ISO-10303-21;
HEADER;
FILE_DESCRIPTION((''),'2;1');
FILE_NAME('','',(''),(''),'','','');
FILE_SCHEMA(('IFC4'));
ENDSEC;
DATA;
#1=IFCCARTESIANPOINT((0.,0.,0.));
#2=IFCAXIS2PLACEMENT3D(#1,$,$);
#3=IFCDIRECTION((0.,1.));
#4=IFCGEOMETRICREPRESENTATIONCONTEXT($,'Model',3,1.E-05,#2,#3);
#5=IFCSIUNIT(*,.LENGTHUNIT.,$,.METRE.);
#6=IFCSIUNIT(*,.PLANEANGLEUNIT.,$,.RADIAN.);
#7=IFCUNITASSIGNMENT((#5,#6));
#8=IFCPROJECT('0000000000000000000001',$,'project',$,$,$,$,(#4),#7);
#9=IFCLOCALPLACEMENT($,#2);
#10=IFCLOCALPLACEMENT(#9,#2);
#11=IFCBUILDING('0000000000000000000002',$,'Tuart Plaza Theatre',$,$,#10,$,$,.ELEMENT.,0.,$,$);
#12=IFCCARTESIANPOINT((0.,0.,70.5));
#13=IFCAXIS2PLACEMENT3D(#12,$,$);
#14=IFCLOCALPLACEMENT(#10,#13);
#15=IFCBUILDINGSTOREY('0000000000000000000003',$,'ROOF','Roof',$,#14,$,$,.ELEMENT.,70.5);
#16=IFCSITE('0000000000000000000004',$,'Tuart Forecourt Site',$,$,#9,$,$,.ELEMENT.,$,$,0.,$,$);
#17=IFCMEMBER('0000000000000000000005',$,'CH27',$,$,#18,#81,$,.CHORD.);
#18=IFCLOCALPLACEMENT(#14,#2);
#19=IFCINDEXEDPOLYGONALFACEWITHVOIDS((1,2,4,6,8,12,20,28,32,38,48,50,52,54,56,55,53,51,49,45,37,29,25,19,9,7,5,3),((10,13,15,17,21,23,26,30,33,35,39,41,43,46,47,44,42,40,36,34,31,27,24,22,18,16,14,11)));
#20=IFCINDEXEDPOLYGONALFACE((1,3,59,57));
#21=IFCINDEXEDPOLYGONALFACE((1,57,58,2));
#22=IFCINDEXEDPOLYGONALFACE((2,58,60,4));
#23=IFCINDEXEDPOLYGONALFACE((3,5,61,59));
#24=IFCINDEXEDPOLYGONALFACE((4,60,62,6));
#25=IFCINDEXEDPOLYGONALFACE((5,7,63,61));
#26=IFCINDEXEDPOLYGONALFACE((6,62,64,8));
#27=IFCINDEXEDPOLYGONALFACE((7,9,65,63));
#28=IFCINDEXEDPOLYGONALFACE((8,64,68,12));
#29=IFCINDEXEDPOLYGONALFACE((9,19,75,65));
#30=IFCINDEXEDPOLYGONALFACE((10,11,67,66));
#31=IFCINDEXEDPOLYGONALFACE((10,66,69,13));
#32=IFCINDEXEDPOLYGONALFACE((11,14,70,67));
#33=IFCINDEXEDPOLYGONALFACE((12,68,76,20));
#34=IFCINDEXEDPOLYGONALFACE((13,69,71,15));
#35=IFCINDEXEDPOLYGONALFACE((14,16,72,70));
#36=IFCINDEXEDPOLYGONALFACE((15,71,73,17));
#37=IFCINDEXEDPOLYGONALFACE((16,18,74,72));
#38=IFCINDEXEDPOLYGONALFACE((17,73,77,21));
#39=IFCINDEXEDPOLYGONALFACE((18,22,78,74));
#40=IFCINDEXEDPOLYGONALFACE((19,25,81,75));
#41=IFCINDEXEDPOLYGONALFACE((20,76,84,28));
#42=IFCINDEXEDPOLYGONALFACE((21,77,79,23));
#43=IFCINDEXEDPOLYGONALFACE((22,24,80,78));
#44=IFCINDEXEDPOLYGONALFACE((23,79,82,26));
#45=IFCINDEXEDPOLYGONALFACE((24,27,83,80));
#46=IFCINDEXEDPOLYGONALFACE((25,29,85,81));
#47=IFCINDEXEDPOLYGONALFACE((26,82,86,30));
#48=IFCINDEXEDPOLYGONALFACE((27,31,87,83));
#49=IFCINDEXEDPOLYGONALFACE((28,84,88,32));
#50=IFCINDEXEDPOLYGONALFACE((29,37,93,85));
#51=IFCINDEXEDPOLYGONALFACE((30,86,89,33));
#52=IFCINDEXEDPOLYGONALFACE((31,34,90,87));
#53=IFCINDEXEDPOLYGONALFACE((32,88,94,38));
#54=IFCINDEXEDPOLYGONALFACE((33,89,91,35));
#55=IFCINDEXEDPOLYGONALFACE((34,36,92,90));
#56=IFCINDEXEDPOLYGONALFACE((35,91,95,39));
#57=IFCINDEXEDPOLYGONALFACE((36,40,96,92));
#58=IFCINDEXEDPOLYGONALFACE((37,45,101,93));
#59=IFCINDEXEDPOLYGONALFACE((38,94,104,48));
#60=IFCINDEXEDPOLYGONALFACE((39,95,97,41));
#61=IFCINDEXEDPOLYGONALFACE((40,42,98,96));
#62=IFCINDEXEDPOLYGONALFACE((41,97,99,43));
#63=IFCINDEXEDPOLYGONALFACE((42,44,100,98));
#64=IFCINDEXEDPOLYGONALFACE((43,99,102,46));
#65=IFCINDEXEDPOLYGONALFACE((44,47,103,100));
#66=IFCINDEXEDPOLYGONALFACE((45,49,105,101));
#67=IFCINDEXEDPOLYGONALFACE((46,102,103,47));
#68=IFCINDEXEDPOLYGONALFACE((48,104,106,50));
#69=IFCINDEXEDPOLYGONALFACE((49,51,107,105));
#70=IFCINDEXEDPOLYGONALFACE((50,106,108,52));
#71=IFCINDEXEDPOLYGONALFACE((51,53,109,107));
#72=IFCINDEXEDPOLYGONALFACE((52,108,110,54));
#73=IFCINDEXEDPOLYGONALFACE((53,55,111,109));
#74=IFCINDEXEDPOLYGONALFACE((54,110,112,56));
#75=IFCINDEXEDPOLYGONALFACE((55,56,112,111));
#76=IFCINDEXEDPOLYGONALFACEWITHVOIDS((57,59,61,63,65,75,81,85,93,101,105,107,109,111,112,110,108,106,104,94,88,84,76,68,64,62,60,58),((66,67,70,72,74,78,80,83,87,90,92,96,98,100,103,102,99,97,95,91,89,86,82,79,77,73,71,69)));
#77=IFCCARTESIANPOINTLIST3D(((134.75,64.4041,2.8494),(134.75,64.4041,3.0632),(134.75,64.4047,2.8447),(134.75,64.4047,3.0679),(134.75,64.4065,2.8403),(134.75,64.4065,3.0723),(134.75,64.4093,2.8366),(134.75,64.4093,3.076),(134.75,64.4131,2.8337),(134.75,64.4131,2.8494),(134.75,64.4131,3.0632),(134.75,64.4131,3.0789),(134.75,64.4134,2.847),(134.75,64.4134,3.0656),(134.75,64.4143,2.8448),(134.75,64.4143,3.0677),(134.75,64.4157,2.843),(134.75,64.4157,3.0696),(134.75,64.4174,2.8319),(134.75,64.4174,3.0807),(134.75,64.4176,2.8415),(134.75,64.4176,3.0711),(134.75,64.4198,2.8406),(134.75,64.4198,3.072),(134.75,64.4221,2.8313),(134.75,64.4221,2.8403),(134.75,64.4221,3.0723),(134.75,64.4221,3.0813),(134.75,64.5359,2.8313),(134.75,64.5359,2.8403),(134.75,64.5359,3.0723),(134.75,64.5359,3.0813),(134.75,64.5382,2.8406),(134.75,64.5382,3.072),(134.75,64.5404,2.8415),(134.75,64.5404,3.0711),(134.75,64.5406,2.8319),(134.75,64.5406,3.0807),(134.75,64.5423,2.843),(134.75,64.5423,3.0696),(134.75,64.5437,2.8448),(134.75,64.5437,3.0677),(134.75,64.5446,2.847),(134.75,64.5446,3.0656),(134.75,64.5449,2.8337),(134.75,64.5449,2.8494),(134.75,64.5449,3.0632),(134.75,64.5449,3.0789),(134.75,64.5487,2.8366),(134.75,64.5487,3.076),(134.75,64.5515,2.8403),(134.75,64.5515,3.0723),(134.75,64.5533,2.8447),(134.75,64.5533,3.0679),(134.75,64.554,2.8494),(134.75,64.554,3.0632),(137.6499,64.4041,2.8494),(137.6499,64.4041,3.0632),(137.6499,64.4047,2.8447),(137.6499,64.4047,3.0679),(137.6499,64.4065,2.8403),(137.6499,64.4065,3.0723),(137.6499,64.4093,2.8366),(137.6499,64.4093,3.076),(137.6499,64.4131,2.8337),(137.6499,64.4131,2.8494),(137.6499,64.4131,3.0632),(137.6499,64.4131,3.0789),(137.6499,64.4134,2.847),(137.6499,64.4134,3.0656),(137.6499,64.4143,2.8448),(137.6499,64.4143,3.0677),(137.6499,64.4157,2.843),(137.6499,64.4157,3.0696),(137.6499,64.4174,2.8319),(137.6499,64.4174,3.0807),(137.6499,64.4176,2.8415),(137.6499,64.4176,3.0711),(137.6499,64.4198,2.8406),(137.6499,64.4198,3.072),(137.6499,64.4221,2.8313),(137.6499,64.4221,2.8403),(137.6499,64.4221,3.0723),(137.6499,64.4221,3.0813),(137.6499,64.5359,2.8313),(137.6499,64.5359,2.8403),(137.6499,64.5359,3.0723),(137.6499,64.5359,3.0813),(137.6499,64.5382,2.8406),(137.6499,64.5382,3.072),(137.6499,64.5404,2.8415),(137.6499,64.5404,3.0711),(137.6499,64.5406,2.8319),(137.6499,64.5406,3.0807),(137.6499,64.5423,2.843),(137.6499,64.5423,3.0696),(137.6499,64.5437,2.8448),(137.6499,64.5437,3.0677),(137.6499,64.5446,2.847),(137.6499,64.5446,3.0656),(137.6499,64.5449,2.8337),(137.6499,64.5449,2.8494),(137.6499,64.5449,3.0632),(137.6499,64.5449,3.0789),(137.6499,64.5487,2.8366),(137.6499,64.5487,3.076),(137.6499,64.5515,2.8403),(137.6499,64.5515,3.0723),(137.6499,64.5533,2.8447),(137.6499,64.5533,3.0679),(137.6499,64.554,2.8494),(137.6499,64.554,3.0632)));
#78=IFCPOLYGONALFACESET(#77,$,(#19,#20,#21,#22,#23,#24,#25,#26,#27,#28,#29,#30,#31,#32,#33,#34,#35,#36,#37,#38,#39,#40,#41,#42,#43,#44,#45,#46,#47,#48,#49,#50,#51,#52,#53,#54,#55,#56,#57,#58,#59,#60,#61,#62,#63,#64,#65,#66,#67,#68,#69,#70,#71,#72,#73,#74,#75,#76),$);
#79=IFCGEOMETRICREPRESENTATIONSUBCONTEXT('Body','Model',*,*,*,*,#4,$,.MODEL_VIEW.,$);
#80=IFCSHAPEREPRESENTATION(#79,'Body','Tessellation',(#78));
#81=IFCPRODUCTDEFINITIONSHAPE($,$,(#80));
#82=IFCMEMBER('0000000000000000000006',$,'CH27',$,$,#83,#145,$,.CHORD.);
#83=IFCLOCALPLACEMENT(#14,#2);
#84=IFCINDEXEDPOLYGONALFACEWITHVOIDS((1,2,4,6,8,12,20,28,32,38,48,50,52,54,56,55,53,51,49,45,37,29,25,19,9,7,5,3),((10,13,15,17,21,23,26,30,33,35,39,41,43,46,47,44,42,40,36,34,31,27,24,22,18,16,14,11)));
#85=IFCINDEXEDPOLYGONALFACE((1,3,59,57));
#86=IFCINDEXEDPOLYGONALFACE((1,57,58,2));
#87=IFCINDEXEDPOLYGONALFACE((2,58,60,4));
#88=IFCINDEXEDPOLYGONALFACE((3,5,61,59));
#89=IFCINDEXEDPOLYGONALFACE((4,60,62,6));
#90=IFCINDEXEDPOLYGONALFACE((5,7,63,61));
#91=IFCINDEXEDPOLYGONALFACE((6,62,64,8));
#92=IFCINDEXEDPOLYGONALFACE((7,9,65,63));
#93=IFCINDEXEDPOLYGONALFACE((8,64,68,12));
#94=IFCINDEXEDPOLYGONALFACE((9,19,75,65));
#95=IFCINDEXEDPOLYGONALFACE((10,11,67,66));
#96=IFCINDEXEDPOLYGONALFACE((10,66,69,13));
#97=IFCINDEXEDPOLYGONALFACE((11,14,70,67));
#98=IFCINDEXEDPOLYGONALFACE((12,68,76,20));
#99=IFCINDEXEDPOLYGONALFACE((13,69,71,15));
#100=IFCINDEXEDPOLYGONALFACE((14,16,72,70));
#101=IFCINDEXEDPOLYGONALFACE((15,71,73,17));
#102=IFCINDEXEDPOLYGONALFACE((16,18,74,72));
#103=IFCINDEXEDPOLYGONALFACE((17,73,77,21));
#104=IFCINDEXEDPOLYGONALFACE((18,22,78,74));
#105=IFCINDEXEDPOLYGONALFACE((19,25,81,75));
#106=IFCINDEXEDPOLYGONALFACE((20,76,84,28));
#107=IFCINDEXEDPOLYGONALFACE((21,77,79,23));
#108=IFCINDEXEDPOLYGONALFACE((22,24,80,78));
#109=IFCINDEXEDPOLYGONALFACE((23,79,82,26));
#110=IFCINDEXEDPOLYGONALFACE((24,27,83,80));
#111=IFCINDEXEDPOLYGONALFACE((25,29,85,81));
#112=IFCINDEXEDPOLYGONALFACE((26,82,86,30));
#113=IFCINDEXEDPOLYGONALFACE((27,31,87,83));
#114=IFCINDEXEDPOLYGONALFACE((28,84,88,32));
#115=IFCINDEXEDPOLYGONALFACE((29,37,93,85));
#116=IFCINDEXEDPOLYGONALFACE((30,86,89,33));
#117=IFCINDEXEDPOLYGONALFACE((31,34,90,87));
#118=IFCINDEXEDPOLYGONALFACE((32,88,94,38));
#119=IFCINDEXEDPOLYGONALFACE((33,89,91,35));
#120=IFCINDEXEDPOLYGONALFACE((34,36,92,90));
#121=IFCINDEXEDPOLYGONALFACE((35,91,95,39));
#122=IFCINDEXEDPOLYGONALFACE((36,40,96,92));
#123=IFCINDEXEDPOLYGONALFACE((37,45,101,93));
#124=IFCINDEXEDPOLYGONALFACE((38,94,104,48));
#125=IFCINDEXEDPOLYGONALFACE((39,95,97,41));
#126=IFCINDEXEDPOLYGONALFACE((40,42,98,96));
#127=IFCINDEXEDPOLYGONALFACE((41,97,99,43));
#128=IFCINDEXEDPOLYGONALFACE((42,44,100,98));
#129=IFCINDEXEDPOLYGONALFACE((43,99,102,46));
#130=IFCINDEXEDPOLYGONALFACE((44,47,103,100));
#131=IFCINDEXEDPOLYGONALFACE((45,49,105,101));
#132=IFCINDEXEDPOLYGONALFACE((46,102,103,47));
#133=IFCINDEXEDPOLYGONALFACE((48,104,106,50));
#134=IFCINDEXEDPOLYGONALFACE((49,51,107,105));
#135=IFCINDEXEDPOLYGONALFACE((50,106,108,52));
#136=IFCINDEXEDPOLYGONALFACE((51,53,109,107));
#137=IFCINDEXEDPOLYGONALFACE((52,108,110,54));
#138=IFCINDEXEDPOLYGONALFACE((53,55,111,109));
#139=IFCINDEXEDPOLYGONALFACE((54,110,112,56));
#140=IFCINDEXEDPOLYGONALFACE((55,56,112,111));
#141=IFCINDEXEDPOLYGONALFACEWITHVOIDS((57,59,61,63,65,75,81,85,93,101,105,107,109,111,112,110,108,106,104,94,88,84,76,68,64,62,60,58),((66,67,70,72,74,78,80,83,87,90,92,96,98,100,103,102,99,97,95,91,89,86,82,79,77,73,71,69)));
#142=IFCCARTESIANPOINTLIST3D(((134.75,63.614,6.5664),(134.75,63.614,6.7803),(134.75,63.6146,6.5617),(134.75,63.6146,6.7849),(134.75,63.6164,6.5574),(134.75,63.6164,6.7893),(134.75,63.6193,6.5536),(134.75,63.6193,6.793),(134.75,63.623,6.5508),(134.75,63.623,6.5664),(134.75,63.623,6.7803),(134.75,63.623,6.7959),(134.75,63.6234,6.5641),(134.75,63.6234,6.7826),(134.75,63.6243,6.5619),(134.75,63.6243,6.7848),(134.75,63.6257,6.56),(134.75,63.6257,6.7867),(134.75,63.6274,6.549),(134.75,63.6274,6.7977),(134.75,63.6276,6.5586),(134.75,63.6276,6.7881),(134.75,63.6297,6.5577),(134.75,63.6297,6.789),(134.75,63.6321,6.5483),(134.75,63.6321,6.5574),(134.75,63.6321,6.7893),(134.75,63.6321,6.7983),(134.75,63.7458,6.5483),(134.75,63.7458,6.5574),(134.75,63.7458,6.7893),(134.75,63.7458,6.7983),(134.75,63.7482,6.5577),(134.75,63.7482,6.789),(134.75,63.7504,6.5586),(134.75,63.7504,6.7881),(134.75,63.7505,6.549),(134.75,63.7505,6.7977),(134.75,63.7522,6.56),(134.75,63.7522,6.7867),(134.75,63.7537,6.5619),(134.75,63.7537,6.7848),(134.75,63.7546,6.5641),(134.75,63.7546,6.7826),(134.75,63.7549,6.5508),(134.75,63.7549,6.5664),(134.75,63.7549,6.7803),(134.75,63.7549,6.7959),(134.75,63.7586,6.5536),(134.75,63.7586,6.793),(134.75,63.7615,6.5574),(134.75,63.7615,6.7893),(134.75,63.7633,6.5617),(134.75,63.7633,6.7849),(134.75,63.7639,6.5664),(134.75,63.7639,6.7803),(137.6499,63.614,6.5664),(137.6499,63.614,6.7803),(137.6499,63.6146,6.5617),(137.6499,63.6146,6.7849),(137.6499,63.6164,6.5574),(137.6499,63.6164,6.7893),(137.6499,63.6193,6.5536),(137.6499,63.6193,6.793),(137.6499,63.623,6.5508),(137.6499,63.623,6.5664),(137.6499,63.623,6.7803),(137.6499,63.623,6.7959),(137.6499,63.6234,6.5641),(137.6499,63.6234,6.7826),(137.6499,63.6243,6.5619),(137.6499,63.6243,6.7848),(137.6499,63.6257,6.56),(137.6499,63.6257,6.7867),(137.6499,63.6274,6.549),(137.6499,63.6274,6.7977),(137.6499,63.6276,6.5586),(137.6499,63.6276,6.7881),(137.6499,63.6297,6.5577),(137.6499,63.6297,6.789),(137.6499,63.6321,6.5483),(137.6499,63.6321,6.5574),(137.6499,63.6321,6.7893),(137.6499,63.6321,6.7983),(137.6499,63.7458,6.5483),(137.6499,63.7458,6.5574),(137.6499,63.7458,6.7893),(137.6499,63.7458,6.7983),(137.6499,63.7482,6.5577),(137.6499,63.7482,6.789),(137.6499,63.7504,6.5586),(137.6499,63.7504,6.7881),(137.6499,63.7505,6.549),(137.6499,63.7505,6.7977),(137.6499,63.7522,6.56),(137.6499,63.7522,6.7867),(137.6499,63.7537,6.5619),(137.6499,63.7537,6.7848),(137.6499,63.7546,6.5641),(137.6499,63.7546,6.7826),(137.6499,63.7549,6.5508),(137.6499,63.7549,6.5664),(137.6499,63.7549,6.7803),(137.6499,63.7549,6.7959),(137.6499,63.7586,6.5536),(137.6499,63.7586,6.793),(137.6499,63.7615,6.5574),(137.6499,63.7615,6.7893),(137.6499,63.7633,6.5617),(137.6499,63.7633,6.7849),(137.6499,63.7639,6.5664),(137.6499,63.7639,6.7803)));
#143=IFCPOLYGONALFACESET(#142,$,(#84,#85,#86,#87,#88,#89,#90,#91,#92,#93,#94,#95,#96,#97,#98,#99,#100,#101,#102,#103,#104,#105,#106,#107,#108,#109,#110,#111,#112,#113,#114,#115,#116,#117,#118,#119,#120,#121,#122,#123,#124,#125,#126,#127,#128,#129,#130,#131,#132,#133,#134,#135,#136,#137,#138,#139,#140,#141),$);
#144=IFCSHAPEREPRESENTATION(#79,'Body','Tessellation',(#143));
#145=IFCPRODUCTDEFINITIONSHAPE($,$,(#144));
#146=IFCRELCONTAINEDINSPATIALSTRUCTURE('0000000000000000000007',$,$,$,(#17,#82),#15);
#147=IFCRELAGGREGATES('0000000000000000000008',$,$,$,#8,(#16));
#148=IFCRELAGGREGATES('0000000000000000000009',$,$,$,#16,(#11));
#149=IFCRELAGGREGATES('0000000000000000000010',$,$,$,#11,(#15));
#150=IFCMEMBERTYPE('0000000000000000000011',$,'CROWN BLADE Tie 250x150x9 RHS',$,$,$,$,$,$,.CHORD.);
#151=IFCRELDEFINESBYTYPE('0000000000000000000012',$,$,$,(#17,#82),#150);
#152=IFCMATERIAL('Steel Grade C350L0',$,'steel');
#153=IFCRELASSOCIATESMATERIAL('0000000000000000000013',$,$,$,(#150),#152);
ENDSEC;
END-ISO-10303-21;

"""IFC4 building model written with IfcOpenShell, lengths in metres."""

from ifc_helpers import new_model, si_unit, direction, frame, origin, origin_2d, place, context, subcontext, project, spatial, hollow_rectangle, extrude, material, material_profile, profile_set, type_object, element, save


model = new_model("IFC4")

# Units and contexts
model_context = context("Model", 3, precision=1e-05, world=origin(), true_north=direction((0.0, 1.0)))
body_context = subcontext(model_context, "Body", "Model", "MODEL_VIEW")
ifc_project = project(units=[si_unit("LENGTHUNIT", "METRE"), si_unit("PLANEANGLEUNIT", "RADIAN")], contexts=[model_context])

# Site, building, storey
site_placement = place(None, origin())
site = spatial("IfcSite", under=ifc_project, at=site_placement, Name="Tuart Forecourt Site", CompositionType="ELEMENT", RefElevation=0.0)
building_placement = place(site_placement, origin())
building = spatial("IfcBuilding", under=site, at=building_placement, Name="Tuart Plaza Theatre", CompositionType="ELEMENT", ElevationOfRefHeight=0.0)
storey_placement = place(building_placement, frame((0.0, 0.0, 70.5)))
storey = spatial("IfcBuildingStorey", under=building, at=storey_placement, Name="ROOF", Description="Roof", CompositionType="ELEMENT", Elevation=70.5)

# Members
ifc_material_1 = material(Name="Steel Grade C350L0", Category="steel")
ifc_material_profile_1 = material_profile(ifc_material_1, hollow_rectangle(XDim=0.1499, YDim=0.25, WallThickness=0.009, InnerFilletRadius=0.009, OuterFilletRadius=0.0181, at=origin_2d()), Name="250x150x9 RHS")
ifc_profile_set_1 = profile_set([ifc_material_profile_1], Name="Steel Grade C350L0")
member_type_1 = type_object("IfcMemberType", Name="CROWN BLADE Tie 250x150x9 RHS", PredefinedType="CHORD", material=ifc_profile_set_1)
for number, where, z_axis, x_axis, name in (
    (1, (134.75, 64.479, 2.9563), (1.0, 0.0, 0.0), (0.0, 1.0, 0.0), "CH27"),
    (2, (134.75, 63.689, 6.6733), (1.0, 0.0, 0.0), (0.0, 1.0, 0.0), "CH27"),
):
    element("IfcMember", number, at=place(storey_placement, frame(where, z_axis=z_axis, x_axis=x_axis)), inside=storey, type_object=member_type_1, Name=name, PredefinedType="CHORD", context=body_context, shape_type="SweptSolid", body=[
        extrude(hollow_rectangle(XDim=0.1499, YDim=0.25, WallThickness=0.009, InnerFilletRadius=0.009, OuterFilletRadius=0.0181, at=origin_2d()), origin(), (0.0, 0.0, 1.0), 2.8999),
    ])

save(model, "model.ifc")
